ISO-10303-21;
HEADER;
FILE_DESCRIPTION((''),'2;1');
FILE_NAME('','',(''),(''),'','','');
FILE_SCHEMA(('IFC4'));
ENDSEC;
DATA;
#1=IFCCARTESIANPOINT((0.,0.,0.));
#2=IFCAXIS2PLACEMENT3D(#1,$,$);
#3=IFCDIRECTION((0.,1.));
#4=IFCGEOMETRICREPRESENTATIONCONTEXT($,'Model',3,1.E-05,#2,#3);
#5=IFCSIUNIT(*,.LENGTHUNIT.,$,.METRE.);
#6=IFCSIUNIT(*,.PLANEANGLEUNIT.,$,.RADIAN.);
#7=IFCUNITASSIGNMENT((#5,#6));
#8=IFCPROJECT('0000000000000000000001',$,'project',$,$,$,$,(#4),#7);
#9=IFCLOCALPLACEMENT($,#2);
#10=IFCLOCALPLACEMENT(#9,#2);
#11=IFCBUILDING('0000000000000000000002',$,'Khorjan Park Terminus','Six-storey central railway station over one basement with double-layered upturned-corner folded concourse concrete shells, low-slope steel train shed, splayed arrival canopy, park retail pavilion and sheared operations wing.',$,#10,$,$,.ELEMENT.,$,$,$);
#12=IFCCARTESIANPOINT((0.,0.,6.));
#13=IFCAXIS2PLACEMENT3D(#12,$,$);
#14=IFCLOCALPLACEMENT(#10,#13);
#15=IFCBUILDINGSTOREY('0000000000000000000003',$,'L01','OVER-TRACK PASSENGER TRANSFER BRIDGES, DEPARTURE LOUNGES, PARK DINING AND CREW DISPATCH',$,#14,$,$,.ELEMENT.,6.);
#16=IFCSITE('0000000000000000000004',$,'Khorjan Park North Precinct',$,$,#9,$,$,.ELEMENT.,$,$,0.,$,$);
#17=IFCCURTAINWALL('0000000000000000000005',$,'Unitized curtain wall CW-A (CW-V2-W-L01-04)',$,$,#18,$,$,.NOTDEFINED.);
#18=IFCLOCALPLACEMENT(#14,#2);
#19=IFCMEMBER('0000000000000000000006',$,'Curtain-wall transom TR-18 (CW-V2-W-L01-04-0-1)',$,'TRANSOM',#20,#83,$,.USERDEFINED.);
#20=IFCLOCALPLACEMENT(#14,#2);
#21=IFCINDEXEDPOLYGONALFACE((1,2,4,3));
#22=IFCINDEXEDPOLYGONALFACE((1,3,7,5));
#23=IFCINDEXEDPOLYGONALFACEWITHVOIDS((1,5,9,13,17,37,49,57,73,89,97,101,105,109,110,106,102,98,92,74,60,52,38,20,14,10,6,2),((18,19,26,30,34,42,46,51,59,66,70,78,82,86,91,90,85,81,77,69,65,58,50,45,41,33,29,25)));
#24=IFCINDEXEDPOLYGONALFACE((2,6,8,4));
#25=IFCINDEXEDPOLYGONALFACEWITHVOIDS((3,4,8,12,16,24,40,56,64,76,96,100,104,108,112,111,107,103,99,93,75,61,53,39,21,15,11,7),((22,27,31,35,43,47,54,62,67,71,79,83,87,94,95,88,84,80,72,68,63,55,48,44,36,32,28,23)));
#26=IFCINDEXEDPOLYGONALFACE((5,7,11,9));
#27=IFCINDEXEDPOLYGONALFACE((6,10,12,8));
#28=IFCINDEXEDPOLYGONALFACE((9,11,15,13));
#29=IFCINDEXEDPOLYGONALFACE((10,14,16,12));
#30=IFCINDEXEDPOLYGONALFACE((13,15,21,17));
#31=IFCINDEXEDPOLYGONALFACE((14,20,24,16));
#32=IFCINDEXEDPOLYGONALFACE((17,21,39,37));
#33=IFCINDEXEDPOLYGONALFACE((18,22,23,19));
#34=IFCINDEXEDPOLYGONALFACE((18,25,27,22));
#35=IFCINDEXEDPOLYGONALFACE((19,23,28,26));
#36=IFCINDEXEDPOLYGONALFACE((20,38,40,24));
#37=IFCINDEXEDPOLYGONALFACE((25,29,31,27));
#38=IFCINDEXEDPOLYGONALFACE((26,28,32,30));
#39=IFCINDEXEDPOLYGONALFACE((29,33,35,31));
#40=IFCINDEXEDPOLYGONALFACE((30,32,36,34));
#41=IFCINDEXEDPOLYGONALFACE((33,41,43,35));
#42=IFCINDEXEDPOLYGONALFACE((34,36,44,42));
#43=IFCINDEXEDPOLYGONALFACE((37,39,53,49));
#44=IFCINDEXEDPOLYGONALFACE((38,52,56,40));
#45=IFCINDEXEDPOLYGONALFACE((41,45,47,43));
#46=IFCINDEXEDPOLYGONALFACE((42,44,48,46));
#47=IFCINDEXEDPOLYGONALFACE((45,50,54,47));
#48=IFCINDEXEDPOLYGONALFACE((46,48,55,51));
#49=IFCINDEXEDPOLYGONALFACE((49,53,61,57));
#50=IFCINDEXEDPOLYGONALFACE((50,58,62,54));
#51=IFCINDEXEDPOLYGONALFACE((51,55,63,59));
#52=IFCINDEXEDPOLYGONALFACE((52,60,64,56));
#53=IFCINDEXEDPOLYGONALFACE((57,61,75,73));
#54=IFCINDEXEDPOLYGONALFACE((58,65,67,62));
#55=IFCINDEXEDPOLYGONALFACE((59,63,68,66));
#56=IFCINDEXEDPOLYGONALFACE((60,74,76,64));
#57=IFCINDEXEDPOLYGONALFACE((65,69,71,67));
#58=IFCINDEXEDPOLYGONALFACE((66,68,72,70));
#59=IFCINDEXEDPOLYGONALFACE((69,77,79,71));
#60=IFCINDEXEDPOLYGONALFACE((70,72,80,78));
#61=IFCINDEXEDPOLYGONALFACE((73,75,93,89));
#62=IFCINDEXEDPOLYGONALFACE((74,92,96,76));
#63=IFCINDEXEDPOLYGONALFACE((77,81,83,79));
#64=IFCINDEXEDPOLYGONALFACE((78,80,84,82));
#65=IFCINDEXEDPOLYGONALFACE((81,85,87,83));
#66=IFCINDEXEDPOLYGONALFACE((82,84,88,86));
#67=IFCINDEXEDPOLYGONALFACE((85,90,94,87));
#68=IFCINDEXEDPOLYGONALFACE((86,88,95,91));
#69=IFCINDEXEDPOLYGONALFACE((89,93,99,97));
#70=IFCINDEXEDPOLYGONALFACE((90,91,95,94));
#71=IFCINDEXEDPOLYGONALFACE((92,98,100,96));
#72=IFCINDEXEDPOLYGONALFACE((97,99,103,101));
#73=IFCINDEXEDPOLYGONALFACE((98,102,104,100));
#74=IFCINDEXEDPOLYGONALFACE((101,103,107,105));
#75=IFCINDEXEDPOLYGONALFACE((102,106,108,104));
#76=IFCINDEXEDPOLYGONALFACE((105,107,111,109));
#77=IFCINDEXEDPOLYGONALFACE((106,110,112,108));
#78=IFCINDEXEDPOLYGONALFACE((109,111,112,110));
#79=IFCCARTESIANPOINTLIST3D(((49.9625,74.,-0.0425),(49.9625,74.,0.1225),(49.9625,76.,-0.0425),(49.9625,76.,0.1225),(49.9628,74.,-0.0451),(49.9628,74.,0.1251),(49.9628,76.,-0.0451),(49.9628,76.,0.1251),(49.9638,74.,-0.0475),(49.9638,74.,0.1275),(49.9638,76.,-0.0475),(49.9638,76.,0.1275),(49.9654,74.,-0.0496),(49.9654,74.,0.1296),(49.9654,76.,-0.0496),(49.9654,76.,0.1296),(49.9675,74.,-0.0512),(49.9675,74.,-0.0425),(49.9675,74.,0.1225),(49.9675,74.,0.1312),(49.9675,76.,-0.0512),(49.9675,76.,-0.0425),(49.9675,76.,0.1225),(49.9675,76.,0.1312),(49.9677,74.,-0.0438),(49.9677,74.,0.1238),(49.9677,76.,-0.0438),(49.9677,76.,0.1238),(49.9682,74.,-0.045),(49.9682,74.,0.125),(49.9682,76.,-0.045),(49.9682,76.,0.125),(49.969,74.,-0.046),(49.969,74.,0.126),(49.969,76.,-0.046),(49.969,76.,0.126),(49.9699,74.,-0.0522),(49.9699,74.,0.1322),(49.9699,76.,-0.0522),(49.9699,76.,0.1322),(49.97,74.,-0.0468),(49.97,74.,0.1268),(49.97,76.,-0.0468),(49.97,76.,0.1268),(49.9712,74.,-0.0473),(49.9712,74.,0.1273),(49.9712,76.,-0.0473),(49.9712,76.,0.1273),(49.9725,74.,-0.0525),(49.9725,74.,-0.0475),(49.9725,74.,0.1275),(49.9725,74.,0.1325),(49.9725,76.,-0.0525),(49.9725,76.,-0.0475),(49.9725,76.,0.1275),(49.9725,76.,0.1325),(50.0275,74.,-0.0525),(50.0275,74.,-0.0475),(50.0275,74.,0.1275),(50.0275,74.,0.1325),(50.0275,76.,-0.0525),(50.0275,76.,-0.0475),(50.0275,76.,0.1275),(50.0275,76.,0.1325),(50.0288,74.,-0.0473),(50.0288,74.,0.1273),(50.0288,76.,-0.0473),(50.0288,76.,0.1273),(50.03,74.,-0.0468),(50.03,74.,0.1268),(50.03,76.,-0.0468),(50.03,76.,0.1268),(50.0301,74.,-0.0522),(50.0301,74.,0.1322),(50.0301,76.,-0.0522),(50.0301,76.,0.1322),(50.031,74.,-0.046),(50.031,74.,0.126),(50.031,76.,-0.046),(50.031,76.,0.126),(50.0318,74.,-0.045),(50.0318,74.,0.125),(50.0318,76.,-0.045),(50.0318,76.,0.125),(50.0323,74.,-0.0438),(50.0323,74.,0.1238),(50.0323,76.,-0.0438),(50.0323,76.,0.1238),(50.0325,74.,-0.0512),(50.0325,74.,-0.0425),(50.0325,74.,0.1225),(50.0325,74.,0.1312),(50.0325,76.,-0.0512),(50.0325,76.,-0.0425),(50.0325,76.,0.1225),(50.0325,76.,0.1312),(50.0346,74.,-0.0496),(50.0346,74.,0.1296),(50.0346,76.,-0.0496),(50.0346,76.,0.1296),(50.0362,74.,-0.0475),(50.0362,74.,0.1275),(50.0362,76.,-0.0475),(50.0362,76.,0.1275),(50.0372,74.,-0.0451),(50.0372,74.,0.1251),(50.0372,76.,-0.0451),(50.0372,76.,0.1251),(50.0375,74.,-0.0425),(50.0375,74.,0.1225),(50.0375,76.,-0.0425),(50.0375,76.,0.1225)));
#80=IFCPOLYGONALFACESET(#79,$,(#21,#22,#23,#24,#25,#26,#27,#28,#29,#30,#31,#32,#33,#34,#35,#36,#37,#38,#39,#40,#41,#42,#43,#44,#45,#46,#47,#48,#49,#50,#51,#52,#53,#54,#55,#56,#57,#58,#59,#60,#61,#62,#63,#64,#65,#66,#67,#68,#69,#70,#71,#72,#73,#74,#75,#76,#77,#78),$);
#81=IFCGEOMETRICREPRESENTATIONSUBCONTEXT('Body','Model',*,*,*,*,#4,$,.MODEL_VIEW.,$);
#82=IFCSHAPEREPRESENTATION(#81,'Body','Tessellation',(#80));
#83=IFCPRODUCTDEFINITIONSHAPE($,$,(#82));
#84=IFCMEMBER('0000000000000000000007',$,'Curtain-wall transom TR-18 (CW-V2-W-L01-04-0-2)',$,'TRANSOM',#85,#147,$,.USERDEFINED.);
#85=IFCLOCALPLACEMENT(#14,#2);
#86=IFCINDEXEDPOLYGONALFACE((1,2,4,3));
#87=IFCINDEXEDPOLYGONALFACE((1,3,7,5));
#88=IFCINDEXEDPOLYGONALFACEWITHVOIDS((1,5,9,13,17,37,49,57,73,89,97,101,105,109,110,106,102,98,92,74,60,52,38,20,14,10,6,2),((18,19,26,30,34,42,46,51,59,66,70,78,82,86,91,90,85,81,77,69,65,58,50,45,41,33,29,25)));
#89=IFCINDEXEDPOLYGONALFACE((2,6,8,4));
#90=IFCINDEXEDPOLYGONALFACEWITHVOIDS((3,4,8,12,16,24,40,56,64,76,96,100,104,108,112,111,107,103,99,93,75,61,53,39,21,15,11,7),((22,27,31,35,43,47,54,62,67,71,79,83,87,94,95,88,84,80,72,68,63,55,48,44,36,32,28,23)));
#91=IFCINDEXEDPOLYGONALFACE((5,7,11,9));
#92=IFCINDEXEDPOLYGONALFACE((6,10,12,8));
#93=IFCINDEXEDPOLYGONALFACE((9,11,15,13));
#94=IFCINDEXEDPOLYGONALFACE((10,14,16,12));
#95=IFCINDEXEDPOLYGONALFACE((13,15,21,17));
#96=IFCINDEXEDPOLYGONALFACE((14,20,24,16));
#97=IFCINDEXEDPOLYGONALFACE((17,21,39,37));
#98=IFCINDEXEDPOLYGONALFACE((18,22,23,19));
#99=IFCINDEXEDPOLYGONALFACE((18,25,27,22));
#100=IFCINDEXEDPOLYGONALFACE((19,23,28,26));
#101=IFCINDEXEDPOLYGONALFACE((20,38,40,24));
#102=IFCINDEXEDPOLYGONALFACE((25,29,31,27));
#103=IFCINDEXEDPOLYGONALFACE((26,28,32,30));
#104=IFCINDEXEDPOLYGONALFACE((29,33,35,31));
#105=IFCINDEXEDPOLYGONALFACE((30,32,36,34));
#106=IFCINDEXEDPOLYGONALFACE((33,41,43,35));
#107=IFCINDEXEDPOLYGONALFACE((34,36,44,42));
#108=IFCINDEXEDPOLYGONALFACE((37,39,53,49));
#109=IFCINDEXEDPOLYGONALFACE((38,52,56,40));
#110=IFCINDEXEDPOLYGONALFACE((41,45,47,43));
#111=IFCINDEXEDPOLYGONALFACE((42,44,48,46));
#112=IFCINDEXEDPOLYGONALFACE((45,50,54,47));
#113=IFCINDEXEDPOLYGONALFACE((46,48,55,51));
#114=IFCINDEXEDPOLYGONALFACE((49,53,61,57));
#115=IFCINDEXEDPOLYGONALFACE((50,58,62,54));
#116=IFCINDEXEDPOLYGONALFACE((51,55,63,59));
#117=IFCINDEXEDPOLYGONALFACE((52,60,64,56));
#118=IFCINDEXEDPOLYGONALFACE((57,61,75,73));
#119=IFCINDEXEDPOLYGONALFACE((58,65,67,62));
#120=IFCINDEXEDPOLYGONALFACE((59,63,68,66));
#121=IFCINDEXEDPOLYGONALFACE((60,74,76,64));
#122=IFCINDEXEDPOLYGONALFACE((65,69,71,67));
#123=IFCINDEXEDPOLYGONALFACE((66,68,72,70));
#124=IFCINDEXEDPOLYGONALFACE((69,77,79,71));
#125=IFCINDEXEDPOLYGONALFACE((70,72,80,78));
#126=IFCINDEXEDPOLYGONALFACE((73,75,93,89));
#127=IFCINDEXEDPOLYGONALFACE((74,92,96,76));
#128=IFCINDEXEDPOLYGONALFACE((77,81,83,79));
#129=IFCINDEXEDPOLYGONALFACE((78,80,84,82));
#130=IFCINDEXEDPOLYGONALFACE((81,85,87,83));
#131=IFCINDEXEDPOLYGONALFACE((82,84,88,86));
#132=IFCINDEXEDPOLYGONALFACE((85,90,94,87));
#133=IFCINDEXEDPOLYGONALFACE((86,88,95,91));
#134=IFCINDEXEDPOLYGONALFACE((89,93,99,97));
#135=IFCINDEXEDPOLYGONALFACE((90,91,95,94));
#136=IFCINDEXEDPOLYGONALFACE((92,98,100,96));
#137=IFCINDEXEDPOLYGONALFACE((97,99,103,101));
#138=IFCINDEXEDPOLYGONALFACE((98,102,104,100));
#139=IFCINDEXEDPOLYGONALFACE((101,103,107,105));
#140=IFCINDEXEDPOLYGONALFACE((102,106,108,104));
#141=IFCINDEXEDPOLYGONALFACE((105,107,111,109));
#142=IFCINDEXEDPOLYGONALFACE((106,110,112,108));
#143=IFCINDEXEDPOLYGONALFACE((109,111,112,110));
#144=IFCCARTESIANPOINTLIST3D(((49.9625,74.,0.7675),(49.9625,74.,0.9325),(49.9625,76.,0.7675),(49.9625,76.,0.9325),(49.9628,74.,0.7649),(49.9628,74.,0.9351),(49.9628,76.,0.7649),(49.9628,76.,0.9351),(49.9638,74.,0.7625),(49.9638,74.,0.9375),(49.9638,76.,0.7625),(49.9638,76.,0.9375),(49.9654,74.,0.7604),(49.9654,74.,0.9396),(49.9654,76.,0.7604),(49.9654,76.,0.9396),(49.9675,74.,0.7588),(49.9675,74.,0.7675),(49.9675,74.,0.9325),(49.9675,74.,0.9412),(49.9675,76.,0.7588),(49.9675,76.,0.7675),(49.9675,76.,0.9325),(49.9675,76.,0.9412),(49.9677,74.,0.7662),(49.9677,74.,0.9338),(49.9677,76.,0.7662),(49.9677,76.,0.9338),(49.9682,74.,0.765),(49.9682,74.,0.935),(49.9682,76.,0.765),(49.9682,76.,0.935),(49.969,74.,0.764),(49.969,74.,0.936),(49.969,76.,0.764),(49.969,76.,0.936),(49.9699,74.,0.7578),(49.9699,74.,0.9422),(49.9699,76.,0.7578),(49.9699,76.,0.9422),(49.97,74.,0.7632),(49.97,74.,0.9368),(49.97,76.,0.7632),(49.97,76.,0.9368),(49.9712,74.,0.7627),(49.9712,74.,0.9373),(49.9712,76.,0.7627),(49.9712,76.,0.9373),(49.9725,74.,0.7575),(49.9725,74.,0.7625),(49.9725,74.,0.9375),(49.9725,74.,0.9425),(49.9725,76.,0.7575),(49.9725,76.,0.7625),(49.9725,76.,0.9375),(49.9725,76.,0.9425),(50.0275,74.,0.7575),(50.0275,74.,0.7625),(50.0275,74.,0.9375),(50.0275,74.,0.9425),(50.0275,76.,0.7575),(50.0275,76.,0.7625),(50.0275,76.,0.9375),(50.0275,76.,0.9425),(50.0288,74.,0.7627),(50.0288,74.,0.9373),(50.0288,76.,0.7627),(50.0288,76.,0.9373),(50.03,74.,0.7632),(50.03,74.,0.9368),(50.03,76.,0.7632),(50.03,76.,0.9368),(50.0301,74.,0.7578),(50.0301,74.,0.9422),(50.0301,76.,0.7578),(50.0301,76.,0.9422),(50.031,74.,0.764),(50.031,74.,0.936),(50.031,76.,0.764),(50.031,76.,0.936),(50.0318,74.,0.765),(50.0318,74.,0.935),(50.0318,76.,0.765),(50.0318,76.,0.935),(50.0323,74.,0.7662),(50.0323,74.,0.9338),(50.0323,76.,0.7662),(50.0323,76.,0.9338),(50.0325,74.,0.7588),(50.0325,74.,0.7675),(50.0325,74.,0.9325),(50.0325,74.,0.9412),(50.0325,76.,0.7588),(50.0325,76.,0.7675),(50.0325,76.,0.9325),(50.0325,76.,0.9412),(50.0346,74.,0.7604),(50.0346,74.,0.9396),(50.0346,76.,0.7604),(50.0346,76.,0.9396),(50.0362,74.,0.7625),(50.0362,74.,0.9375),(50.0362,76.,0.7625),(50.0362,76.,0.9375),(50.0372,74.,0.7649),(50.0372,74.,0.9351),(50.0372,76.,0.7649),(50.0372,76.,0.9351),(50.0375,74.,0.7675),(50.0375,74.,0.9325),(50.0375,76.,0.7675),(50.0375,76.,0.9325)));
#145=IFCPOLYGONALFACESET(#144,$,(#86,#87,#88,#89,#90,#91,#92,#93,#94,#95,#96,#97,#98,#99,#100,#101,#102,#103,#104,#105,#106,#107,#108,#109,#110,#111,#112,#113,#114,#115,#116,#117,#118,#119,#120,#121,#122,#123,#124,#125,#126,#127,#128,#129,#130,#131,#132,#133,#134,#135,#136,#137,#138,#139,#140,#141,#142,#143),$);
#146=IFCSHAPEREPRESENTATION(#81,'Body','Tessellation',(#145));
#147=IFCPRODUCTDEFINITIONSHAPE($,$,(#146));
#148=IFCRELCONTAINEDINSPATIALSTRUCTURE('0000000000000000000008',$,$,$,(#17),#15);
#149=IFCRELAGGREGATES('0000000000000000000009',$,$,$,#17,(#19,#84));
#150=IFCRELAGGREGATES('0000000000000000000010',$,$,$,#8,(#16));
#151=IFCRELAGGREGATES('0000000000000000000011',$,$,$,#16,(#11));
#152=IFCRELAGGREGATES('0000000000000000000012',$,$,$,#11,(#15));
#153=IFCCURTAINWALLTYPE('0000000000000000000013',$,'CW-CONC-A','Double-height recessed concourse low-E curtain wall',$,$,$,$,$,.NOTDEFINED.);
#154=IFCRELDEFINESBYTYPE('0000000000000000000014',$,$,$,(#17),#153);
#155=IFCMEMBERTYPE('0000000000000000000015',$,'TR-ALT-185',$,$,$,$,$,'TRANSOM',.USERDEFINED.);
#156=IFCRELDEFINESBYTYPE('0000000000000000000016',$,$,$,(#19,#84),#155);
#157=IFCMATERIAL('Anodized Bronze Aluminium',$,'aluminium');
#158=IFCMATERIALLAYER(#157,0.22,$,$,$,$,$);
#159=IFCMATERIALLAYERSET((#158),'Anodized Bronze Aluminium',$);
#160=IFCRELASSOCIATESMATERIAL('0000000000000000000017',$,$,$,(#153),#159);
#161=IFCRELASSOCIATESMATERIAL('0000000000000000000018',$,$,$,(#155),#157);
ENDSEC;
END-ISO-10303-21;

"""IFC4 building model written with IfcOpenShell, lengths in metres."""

from ifc_helpers import new_model, si_unit, direction, frame, origin, origin_2d, place, context, subcontext, project, spatial, hollow_rectangle, extrude, material, layer, layer_set, material_profile, profile_set, type_object, element, aggregate, save


model = new_model("IFC4")

# Units and contexts
model_context = context("Model", 3, precision=1e-05, world=origin(), true_north=direction((0.0, 1.0)))
body_context = subcontext(model_context, "Body", "Model", "MODEL_VIEW")
ifc_project = project(units=[si_unit("LENGTHUNIT", "METRE"), si_unit("PLANEANGLEUNIT", "RADIAN")], contexts=[model_context])

# Site, building, storey
site_placement = place(None, origin())
site = spatial("IfcSite", under=ifc_project, at=site_placement, Name="Khorjan Park North Precinct", CompositionType="ELEMENT", RefElevation=0.0)
building_placement = place(site_placement, origin())
building = spatial("IfcBuilding", under=site, at=building_placement, Name="Khorjan Park Terminus", Description="Six-storey central railway station over one basement with double-layered upturned-corner folded concourse concrete shells, low-slope steel train shed, splayed arrival canopy, park retail pavilion and sheared operations wing.", CompositionType="ELEMENT")
storey_placement = place(building_placement, frame((0.0, 0.0, 6.0)))
storey = spatial("IfcBuildingStorey", under=building, at=storey_placement, Name="L01", Description="OVER-TRACK PASSENGER TRANSFER BRIDGES, DEPARTURE LOUNGES, PARK DINING AND CREW DISPATCH", CompositionType="ELEMENT", Elevation=6.0)

# Curtain wall
ifc_material_1 = material(Name="Anodized Bronze Aluminium", Category="aluminium")
ifc_layer_1 = layer(ifc_material_1, 0.22)
ifc_layer_set_1 = layer_set([ifc_layer_1], Name="Anodized Bronze Aluminium")
curtain_wall_type = type_object("IfcCurtainWallType", Name="CW-CONC-A", Description="Double-height recessed concourse low-E curtain wall", PredefinedType="NOTDEFINED", material=ifc_layer_set_1)
curtain_wall_1_placement = place(storey_placement, origin())
curtain_wall_1 = element("IfcCurtainWall", 1, at=curtain_wall_1_placement, inside=storey, type_object=curtain_wall_type, Name="Unitized curtain wall CW-A (CW-V2-W-L01-04)", PredefinedType="NOTDEFINED")

# Members
ifc_material_profile_1 = material_profile(ifc_material_1, hollow_rectangle(XDim=0.075, YDim=0.185, WallThickness=0.005, InnerFilletRadius=0.005, OuterFilletRadius=0.01, at=origin_2d()), Name="ALT 75x185x5")
ifc_profile_set_1 = profile_set([ifc_material_profile_1], Name="Anodized Bronze Aluminium")
member_type_1 = type_object("IfcMemberType", Name="TR-ALT-185", ElementType="TRANSOM", PredefinedType="USERDEFINED", material=ifc_profile_set_1)
member_1_placement = place(storey_placement, frame((50.0, 76.0, 0.04), z_axis=(0.0, -1.0, 0.0), x_axis=(1.0, 0.0, 0.0)))
member_1 = element("IfcMember", 2, at=member_1_placement, type_object=member_type_1, Name="Curtain-wall transom TR-18 (CW-V2-W-L01-04-0-1)", ObjectType="TRANSOM", PredefinedType="USERDEFINED", context=body_context, shape_type="SweptSolid", body=[
    extrude(hollow_rectangle(XDim=0.075, YDim=0.185, WallThickness=0.005, InnerFilletRadius=0.005, OuterFilletRadius=0.01, at=origin_2d()), origin(), (0.0, 0.0, 1.0), 2.0),
])
member_2_placement = place(storey_placement, frame((50.0, 76.0, 0.85), z_axis=(0.0, -1.0, 0.0), x_axis=(1.0, 0.0, 0.0)))
member_2 = element("IfcMember", 3, at=member_2_placement, type_object=member_type_1, Name="Curtain-wall transom TR-18 (CW-V2-W-L01-04-0-2)", ObjectType="TRANSOM", PredefinedType="USERDEFINED", context=body_context, shape_type="SweptSolid", body=[
    extrude(hollow_rectangle(XDim=0.075, YDim=0.185, WallThickness=0.005, InnerFilletRadius=0.005, OuterFilletRadius=0.01, at=origin_2d()), origin(), (0.0, 0.0, 1.0), 2.0),
])

aggregate(curtain_wall_1, [member_1, member_2])

save(model, "model.ifc")
